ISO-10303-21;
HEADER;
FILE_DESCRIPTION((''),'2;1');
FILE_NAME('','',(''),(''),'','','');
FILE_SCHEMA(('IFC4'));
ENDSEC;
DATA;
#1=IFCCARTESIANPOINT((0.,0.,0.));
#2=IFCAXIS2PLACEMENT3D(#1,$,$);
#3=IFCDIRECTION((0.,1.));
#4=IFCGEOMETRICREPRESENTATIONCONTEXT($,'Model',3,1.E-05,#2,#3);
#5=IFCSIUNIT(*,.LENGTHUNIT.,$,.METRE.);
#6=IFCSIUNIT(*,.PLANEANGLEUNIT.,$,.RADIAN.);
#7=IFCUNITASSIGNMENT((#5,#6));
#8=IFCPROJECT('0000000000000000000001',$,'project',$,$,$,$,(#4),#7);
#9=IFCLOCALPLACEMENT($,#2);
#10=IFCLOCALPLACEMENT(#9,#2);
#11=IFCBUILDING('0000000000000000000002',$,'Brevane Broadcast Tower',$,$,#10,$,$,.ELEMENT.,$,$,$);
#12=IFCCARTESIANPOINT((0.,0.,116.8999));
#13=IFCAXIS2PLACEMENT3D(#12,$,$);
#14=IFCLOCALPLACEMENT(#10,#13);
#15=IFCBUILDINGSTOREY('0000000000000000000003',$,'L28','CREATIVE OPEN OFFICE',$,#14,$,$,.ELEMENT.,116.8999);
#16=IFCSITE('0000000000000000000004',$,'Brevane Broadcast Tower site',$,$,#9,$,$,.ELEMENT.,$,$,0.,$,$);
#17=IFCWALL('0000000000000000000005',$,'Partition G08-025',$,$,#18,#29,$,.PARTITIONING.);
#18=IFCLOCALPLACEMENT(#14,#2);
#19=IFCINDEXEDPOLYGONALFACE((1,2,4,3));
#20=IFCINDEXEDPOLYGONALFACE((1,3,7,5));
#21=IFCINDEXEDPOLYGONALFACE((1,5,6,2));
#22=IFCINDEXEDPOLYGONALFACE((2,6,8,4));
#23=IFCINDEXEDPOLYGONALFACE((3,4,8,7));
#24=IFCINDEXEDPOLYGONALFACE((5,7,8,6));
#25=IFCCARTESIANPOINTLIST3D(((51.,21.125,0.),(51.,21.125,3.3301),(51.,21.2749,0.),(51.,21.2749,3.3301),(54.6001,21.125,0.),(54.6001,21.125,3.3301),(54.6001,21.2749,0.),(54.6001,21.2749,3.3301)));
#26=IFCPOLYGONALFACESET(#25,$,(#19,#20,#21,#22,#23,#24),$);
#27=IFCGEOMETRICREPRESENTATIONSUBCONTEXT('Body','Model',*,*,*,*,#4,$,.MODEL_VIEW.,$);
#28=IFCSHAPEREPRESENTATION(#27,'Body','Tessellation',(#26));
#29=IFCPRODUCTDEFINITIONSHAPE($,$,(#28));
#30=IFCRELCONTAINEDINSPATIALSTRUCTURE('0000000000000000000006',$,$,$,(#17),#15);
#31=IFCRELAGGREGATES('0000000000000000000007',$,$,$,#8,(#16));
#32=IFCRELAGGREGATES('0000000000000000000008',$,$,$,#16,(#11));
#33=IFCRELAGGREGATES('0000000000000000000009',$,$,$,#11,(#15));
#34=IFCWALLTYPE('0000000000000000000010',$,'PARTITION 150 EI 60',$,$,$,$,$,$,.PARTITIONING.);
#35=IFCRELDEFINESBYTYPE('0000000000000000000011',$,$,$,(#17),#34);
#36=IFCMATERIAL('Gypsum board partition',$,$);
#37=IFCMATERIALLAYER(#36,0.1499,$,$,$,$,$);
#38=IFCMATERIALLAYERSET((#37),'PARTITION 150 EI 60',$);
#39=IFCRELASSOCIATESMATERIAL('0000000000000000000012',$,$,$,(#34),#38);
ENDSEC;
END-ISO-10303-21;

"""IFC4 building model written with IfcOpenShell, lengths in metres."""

from ifc_helpers import new_model, si_unit, direction, frame, frame_2d, origin, place, context, subcontext, project, spatial, rectangle, extrude, material, layer, layer_set, type_object, element, save


model = new_model("IFC4")

# Units and contexts
model_context = context("Model", 3, precision=1e-05, world=origin(), true_north=direction((0.0, 1.0)))
body_context = subcontext(model_context, "Body", "Model", "MODEL_VIEW")
ifc_project = project(units=[si_unit("LENGTHUNIT", "METRE"), si_unit("PLANEANGLEUNIT", "RADIAN")], contexts=[model_context])

# Site, building, storey
site_placement = place(None, origin())
site = spatial("IfcSite", under=ifc_project, at=site_placement, Name="Brevane Broadcast Tower site", CompositionType="ELEMENT", RefElevation=0.0)
building_placement = place(site_placement, origin())
building = spatial("IfcBuilding", under=site, at=building_placement, Name="Brevane Broadcast Tower", CompositionType="ELEMENT")
storey_placement = place(building_placement, frame((0.0, 0.0, 116.8999)))
storey = spatial("IfcBuildingStorey", under=building, at=storey_placement, Name="L28", Description="CREATIVE OPEN OFFICE", CompositionType="ELEMENT", Elevation=116.8999)

# Shared definitions
ifc_material_1 = material(Name="Gypsum board partition")

# Shared definitions
ifc_layer_1 = layer(ifc_material_1, 0.1499)
ifc_layer_set_1 = layer_set([ifc_layer_1], Name="PARTITION 150 EI 60")
wall_type_1 = type_object("IfcWallType", Name="PARTITION 150 EI 60", PredefinedType="PARTITIONING", material=ifc_layer_set_1)

# Wall
wall_1_placement = place(storey_placement, frame((51.0, 21.2, 0.0), z_axis=(0.0, 0.0, 1.0), x_axis=(1.0, 0.0, 0.0)))
element("IfcWall", 1, at=wall_1_placement, inside=storey, type_object=wall_type_1, Name="Partition G08-025", PredefinedType="PARTITIONING", context=body_context, shape_type="SweptSolid", body=[
    extrude(rectangle(XDim=3.6001, YDim=0.1499, at=frame_2d((1.8, 0.0))), origin(), (0.0, 0.0, 1.0), 3.3301),
])

save(model, "model.ifc")
